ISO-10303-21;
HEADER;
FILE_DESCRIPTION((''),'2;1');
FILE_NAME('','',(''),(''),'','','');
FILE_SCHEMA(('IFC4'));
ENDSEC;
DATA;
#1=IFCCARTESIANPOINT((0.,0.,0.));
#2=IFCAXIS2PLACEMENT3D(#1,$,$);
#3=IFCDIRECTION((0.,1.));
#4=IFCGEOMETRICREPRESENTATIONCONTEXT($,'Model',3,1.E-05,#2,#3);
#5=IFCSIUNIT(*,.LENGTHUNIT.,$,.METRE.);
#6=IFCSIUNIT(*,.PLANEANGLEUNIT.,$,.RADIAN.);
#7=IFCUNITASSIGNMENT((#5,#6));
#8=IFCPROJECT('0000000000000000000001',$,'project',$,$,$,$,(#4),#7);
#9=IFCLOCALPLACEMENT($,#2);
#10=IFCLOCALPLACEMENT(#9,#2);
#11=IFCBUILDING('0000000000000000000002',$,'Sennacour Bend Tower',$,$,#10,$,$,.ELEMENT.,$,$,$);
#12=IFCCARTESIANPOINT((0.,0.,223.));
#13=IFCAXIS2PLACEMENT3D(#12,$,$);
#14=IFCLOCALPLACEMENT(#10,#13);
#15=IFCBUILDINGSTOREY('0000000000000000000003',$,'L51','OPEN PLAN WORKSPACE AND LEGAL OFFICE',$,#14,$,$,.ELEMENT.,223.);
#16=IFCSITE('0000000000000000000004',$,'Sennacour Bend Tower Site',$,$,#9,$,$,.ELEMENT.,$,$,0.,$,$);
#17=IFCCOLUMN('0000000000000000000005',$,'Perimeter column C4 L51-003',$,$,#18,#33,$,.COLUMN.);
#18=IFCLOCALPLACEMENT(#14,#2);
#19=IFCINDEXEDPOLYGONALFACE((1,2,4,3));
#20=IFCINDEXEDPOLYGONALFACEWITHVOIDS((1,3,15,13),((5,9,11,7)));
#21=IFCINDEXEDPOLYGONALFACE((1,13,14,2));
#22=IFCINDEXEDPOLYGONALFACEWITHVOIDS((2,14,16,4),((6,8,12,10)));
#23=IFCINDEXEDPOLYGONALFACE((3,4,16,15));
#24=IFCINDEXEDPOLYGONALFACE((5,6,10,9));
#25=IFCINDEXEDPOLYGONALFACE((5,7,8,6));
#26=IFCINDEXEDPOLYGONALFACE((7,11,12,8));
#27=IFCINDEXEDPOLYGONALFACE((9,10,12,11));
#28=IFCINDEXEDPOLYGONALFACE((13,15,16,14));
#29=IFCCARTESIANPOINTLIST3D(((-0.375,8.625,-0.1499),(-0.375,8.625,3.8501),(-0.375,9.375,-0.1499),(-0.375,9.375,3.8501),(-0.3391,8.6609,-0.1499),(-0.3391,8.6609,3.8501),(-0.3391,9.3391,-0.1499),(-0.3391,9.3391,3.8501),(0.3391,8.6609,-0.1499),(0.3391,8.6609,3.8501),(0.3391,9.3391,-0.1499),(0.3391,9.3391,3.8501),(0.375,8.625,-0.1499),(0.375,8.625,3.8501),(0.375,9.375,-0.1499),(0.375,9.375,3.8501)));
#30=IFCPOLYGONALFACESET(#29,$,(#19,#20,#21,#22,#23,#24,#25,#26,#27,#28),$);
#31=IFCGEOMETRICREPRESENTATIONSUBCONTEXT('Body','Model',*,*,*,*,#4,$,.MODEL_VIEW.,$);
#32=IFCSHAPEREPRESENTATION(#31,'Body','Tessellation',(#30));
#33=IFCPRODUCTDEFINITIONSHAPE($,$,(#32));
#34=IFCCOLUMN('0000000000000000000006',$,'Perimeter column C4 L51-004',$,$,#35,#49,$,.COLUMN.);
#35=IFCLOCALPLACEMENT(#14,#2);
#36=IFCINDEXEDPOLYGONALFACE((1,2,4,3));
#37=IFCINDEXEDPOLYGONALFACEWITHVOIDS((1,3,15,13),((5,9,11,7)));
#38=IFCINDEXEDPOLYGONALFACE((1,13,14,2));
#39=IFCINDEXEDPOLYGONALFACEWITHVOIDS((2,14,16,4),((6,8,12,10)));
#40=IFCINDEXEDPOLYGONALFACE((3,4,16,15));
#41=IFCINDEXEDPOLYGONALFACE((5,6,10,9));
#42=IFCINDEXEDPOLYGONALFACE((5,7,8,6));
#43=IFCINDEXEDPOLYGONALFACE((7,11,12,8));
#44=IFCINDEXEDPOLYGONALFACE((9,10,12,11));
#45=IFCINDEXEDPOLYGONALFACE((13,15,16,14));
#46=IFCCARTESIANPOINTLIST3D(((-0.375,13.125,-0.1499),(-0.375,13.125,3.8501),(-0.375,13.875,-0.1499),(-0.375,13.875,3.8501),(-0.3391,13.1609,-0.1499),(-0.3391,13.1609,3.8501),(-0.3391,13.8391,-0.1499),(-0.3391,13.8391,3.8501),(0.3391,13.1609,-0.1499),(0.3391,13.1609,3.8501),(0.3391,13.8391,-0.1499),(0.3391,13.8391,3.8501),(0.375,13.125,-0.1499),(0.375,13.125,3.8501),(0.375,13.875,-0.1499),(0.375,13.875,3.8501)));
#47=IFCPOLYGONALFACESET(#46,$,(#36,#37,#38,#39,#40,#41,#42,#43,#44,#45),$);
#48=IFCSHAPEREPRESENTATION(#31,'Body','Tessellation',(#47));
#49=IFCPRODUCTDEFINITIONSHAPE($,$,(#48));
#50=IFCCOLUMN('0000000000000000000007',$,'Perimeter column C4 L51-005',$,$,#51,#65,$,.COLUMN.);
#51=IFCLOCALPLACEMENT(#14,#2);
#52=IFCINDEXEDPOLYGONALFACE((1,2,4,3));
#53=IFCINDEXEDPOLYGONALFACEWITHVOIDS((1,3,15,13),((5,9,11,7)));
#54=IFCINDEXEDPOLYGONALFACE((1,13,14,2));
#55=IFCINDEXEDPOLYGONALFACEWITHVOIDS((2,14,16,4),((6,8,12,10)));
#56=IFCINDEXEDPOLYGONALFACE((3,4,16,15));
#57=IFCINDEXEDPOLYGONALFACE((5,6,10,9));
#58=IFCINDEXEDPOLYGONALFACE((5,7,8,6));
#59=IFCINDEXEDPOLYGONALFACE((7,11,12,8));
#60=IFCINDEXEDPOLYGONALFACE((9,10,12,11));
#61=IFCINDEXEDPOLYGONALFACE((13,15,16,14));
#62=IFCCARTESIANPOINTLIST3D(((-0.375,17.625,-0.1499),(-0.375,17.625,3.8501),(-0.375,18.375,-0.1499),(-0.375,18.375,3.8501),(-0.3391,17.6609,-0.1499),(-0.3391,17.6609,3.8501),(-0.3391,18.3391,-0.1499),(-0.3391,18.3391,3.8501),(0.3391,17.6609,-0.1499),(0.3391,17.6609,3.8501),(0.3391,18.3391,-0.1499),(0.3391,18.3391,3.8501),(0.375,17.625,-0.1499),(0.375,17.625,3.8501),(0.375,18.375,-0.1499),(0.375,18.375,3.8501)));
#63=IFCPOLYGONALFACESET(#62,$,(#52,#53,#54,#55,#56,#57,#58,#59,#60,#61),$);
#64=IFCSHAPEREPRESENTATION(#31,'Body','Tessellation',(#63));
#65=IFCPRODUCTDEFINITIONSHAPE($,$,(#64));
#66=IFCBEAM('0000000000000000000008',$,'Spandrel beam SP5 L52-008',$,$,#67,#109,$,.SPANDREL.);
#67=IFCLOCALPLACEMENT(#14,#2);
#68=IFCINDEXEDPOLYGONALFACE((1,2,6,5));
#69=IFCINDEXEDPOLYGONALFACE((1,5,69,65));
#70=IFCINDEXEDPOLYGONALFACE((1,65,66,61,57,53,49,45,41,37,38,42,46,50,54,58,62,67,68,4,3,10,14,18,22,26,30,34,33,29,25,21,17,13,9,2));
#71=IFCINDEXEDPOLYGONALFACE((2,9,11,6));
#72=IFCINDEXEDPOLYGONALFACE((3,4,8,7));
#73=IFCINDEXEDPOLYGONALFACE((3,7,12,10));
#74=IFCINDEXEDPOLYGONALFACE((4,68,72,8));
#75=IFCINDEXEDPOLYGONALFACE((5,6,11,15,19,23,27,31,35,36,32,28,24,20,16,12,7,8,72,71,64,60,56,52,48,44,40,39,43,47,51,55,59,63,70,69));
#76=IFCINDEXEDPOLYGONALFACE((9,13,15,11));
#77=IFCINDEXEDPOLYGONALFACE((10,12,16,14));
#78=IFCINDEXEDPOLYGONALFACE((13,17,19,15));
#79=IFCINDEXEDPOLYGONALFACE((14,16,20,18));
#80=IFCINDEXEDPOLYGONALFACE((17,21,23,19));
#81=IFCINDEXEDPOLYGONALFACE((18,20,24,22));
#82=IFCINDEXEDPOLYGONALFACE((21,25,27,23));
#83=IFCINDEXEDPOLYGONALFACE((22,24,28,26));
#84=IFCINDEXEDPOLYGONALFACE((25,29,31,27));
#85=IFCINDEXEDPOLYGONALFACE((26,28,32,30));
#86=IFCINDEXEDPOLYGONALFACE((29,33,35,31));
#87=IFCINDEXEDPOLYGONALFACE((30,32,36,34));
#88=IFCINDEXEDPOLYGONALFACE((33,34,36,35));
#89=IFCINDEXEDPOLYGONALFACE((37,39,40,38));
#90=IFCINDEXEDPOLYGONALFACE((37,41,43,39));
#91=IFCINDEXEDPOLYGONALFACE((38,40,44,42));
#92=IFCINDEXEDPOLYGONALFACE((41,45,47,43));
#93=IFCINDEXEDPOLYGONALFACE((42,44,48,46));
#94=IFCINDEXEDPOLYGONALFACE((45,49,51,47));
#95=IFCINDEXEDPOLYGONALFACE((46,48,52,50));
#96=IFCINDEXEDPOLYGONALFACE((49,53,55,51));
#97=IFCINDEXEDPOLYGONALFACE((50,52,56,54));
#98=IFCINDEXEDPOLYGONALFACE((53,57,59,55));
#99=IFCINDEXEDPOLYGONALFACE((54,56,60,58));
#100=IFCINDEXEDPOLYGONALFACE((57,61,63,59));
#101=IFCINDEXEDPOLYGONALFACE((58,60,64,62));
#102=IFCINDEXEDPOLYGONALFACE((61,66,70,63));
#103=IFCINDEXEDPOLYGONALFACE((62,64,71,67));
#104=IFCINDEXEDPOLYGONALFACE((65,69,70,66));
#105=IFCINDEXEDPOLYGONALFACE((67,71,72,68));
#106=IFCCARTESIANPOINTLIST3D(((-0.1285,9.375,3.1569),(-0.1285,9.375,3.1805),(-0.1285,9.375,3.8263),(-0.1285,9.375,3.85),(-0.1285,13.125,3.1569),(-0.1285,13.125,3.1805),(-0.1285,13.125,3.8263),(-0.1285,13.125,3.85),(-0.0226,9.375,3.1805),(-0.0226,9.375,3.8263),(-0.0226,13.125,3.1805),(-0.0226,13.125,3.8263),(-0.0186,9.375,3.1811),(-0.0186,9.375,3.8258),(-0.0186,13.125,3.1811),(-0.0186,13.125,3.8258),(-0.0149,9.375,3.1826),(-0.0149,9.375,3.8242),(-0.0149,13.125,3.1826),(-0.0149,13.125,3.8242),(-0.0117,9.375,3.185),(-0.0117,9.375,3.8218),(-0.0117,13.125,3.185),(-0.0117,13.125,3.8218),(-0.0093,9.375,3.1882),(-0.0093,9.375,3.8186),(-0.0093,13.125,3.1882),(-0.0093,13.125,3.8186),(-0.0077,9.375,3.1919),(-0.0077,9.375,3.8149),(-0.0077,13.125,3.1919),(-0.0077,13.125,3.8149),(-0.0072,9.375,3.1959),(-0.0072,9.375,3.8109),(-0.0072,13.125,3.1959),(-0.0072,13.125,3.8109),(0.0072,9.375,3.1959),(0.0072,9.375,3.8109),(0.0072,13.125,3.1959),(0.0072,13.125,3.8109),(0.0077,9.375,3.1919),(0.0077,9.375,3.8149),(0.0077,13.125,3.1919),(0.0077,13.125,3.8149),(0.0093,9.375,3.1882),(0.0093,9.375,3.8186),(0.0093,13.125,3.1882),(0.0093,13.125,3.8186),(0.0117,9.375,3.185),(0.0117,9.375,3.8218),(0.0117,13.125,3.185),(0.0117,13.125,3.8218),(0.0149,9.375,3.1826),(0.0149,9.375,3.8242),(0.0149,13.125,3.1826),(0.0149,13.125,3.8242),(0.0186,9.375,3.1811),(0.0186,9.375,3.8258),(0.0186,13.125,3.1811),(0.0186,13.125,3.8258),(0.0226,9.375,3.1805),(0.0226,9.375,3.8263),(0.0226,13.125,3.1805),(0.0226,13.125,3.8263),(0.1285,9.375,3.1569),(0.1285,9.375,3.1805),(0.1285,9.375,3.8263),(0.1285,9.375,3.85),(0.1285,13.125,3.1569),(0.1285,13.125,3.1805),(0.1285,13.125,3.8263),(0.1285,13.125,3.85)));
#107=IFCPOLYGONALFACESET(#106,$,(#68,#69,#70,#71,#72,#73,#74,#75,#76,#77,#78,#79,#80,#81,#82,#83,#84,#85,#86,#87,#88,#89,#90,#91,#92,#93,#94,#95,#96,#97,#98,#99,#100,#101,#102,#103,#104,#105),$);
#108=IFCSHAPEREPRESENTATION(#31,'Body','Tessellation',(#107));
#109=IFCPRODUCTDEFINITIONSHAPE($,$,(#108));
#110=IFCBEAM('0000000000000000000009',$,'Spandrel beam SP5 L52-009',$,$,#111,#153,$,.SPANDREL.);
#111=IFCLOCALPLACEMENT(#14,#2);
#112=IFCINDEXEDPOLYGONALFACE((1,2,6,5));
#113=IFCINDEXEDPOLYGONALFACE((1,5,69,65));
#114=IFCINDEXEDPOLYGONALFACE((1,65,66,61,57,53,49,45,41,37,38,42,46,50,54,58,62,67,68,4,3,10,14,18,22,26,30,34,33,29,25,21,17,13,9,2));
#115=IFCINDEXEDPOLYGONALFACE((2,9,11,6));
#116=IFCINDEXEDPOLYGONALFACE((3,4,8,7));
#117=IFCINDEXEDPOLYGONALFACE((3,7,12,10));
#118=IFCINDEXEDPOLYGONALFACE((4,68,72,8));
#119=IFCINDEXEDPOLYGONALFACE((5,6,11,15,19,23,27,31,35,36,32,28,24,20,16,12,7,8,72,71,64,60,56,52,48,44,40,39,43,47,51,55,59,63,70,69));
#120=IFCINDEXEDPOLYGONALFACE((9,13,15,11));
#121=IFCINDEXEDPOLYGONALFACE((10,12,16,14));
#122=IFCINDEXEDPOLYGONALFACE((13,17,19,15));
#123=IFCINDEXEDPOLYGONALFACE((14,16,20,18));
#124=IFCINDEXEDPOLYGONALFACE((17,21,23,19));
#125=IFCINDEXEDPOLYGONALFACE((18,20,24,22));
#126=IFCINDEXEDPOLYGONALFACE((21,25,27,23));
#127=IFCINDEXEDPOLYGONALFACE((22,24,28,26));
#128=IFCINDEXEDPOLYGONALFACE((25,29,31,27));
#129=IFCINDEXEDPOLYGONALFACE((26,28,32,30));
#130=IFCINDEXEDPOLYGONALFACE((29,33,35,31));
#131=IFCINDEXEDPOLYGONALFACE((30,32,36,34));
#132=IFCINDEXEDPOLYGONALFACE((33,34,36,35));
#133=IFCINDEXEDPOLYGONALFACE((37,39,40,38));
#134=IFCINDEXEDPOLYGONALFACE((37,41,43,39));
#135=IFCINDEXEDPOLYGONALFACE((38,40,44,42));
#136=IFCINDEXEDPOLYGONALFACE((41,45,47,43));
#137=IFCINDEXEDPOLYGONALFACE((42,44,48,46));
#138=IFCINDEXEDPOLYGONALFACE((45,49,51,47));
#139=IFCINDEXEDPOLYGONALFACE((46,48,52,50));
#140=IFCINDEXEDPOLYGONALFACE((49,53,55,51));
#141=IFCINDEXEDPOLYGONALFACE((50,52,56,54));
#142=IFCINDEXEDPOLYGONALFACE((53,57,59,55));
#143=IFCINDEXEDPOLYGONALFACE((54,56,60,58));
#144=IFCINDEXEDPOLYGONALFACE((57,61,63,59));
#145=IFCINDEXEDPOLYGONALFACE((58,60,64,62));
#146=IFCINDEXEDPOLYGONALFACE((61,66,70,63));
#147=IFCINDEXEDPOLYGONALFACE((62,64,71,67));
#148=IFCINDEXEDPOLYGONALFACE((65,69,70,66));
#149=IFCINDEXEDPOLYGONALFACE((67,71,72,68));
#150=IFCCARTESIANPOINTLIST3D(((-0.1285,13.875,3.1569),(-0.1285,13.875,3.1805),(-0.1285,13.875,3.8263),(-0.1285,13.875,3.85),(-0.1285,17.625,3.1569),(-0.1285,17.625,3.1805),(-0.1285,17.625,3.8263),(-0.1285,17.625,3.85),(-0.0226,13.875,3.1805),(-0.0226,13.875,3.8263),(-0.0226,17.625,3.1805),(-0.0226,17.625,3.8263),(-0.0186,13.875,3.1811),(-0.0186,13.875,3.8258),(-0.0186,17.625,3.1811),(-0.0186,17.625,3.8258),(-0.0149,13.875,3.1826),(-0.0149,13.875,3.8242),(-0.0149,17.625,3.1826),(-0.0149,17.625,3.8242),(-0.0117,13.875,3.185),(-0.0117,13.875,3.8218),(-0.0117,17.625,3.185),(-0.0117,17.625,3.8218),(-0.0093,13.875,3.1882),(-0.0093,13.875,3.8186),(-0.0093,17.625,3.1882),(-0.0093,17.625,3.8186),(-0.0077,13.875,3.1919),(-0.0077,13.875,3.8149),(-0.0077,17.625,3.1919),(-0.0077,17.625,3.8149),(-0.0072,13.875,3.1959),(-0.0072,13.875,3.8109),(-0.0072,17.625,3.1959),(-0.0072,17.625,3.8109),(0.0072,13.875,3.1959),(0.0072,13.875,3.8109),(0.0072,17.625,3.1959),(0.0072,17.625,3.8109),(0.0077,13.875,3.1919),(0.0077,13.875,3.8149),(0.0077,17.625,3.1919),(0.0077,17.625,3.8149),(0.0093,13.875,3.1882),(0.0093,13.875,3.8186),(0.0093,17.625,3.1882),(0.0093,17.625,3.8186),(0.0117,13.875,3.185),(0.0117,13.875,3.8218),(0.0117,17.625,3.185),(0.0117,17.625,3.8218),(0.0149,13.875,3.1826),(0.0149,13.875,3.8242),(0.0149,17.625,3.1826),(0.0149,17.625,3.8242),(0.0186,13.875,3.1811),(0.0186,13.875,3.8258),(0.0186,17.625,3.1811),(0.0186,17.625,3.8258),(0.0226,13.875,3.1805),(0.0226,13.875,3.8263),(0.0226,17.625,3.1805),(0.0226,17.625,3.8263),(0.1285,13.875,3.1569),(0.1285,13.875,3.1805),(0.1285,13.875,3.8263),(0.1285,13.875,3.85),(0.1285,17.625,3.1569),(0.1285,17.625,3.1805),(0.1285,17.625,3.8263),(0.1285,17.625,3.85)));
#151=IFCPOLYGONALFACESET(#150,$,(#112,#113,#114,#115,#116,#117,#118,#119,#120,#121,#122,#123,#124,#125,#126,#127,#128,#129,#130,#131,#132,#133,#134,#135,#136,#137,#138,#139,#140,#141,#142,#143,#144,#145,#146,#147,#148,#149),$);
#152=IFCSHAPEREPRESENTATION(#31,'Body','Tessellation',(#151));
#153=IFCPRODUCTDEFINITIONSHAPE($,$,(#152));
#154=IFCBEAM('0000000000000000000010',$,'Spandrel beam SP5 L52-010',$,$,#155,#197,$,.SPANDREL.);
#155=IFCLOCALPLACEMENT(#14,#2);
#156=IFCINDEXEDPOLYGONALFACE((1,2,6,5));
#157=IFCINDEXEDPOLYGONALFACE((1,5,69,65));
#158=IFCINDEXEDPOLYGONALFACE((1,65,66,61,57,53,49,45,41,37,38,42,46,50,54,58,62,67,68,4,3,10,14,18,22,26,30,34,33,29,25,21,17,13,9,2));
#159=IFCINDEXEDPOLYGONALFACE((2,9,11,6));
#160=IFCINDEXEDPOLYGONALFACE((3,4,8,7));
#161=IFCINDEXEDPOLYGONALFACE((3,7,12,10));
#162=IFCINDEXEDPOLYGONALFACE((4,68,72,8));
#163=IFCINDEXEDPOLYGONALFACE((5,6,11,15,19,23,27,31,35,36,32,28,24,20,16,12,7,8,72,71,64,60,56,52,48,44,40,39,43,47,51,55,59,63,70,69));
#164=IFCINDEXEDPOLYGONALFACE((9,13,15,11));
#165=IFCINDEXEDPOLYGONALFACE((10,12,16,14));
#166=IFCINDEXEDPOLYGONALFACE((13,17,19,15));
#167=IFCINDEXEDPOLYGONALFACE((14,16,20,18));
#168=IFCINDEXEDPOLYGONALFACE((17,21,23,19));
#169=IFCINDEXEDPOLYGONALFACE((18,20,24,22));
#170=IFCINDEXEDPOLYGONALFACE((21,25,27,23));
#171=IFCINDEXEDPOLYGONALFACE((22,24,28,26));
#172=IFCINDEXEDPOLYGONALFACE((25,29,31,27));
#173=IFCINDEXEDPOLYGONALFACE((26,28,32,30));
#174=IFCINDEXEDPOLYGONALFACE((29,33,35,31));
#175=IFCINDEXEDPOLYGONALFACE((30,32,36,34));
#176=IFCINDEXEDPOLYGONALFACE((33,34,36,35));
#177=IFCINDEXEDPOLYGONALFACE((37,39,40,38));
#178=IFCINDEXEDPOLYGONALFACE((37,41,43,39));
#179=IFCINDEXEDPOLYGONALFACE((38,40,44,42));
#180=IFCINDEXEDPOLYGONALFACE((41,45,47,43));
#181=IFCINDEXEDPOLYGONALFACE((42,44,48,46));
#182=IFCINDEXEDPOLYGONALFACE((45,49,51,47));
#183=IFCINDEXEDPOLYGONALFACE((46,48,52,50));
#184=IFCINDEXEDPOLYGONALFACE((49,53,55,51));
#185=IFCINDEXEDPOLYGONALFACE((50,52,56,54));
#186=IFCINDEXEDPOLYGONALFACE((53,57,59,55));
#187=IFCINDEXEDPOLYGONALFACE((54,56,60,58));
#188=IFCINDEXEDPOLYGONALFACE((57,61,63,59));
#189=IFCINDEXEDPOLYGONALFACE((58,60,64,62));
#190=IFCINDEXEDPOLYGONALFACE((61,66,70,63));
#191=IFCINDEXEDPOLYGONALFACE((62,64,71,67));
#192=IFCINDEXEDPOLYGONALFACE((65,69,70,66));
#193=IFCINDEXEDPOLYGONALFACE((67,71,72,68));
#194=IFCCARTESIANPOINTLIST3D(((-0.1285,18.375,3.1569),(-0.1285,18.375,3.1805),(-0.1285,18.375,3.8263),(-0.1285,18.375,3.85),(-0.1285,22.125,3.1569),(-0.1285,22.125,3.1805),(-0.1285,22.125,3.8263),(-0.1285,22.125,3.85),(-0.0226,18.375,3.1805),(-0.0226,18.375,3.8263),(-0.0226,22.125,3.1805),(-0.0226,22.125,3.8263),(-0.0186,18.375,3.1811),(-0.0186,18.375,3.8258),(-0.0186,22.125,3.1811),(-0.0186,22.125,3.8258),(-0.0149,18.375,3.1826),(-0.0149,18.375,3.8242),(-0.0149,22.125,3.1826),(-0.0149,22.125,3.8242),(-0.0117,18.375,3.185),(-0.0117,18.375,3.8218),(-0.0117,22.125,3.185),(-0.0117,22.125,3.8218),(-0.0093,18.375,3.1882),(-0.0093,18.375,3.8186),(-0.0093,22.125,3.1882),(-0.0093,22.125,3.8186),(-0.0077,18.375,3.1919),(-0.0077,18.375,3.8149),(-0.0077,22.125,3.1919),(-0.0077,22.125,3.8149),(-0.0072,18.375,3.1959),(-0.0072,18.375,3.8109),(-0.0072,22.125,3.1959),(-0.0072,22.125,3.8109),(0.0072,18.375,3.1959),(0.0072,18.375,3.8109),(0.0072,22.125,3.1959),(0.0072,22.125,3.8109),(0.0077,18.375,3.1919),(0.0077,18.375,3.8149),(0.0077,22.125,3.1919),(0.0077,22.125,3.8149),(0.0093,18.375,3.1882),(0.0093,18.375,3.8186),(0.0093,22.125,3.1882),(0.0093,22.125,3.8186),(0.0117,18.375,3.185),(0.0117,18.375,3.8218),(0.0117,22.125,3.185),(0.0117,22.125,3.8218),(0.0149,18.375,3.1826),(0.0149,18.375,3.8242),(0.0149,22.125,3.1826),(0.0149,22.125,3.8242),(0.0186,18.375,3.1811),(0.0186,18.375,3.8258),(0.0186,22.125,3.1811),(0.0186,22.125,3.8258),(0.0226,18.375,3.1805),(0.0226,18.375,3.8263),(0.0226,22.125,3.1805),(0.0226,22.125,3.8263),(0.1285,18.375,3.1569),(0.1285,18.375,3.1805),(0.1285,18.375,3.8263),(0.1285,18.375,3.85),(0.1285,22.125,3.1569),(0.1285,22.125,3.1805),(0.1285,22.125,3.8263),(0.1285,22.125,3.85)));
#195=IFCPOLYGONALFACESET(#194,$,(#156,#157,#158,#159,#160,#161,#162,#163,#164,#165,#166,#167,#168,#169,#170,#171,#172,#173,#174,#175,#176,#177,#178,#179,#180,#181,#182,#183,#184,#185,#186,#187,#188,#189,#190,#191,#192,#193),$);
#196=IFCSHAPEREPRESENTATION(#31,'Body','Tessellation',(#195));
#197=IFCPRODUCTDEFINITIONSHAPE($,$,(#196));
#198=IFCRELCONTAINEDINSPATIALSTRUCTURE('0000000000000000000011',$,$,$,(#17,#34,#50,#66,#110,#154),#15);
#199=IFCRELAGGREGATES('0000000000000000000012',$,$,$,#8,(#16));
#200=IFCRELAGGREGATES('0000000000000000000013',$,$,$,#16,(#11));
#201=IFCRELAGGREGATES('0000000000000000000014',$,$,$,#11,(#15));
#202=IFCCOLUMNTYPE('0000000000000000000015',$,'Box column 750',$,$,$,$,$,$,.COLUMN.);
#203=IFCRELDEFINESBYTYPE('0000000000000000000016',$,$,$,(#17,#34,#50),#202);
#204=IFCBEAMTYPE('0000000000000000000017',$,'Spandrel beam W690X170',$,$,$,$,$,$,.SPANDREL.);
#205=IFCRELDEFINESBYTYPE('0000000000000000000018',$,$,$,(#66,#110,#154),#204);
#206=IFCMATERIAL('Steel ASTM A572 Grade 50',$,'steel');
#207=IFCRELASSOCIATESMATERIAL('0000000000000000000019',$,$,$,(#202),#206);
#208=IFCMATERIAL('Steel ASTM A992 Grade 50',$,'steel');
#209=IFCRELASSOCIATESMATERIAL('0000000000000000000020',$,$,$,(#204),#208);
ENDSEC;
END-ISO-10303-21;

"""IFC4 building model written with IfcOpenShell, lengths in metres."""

from ifc_helpers import new_model, si_unit, direction, frame, origin, origin_2d, place, context, subcontext, project, spatial, hollow_rectangle, i_section, extrude, material, material_profile, profile_set, type_object, element, save


model = new_model("IFC4")

# Units and contexts
model_context = context("Model", 3, precision=1e-05, world=origin(), true_north=direction((0.0, 1.0)))
body_context = subcontext(model_context, "Body", "Model", "MODEL_VIEW")
ifc_project = project(units=[si_unit("LENGTHUNIT", "METRE"), si_unit("PLANEANGLEUNIT", "RADIAN")], contexts=[model_context])

# Site, building, storey
site_placement = place(None, origin())
site = spatial("IfcSite", under=ifc_project, at=site_placement, Name="Sennacour Bend Tower Site", CompositionType="ELEMENT", RefElevation=0.0)
building_placement = place(site_placement, origin())
building = spatial("IfcBuilding", under=site, at=building_placement, Name="Sennacour Bend Tower", CompositionType="ELEMENT")
storey_placement = place(building_placement, frame((0.0, 0.0, 223.0)))
storey = spatial("IfcBuildingStorey", under=building, at=storey_placement, Name="L51", Description="OPEN PLAN WORKSPACE AND LEGAL OFFICE", CompositionType="ELEMENT", Elevation=223.0)

# Columns
ifc_material_1 = material(Name="Steel ASTM A572 Grade 50", Category="steel")
ifc_material_profile_1 = material_profile(ifc_material_1, hollow_rectangle(XDim=0.75, YDim=0.75, WallThickness=0.0359, at=origin_2d()), Name="Steel ASTM A572 Grade 50", Category="steel")
ifc_profile_set_1 = profile_set([ifc_material_profile_1], Name="Steel ASTM A572 Grade 50")
column_type = type_object("IfcColumnType", Name="Box column 750", PredefinedType="COLUMN", material=ifc_profile_set_1)
for number, where, z_axis, x_axis, name in (
    (1, (0.0, 9.0, -0.1499), (0.0, 0.0, 1.0), (1.0, 0.0, 0.0), "Perimeter column C4 L51-003"),
    (2, (0.0, 13.5, -0.1499), (0.0, 0.0, 1.0), (1.0, 0.0, 0.0), "Perimeter column C4 L51-004"),
    (3, (0.0, 18.0, -0.1499), (0.0, 0.0, 1.0), (1.0, 0.0, 0.0), "Perimeter column C4 L51-005"),
):
    element("IfcColumn", number, at=place(storey_placement, frame(where, z_axis=z_axis, x_axis=x_axis)), inside=storey, type_object=column_type, Name=name, PredefinedType="COLUMN", context=body_context, shape_type="SweptSolid", body=[
        extrude(hollow_rectangle(XDim=0.75, YDim=0.75, WallThickness=0.0359, at=origin_2d()), origin(), (0.0, 0.0, 1.0), 4.0),
    ])

# Beams
ifc_material_2 = material(Name="Steel ASTM A992 Grade 50", Category="steel")
ifc_material_profile_2 = material_profile(ifc_material_2, i_section(OverallWidth=0.2571, OverallDepth=0.6931, WebThickness=0.0144, FlangeThickness=0.0237, FilletRadius=0.0154, at=origin_2d()), Name="Steel ASTM A992 Grade 50", Category="steel")
ifc_profile_set_2 = profile_set([ifc_material_profile_2], Name="Steel ASTM A992 Grade 50")
beam_type = type_object("IfcBeamType", Name="Spandrel beam W690X170", PredefinedType="SPANDREL", material=ifc_profile_set_2)
for number, where, z_axis, x_axis, name in (
    (4, (0.0, 9.375, 3.5034), (0.0, 1.0, 0.0), (-1.0, 0.0, 0.0), "Spandrel beam SP5 L52-008"),
    (5, (0.0, 13.875, 3.5034), (0.0, 1.0, 0.0), (-1.0, 0.0, 0.0), "Spandrel beam SP5 L52-009"),
    (6, (0.0, 18.375, 3.5034), (0.0, 1.0, 0.0), (-1.0, 0.0, 0.0), "Spandrel beam SP5 L52-010"),
):
    element("IfcBeam", number, at=place(storey_placement, frame(where, z_axis=z_axis, x_axis=x_axis)), inside=storey, type_object=beam_type, Name=name, PredefinedType="SPANDREL", context=body_context, shape_type="SweptSolid", body=[
        extrude(i_section(OverallWidth=0.2571, OverallDepth=0.6931, WebThickness=0.0144, FlangeThickness=0.0237, FilletRadius=0.0154, at=origin_2d()), origin(), (0.0, 0.0, 1.0), 3.75),
    ])

save(model, "model.ifc")
